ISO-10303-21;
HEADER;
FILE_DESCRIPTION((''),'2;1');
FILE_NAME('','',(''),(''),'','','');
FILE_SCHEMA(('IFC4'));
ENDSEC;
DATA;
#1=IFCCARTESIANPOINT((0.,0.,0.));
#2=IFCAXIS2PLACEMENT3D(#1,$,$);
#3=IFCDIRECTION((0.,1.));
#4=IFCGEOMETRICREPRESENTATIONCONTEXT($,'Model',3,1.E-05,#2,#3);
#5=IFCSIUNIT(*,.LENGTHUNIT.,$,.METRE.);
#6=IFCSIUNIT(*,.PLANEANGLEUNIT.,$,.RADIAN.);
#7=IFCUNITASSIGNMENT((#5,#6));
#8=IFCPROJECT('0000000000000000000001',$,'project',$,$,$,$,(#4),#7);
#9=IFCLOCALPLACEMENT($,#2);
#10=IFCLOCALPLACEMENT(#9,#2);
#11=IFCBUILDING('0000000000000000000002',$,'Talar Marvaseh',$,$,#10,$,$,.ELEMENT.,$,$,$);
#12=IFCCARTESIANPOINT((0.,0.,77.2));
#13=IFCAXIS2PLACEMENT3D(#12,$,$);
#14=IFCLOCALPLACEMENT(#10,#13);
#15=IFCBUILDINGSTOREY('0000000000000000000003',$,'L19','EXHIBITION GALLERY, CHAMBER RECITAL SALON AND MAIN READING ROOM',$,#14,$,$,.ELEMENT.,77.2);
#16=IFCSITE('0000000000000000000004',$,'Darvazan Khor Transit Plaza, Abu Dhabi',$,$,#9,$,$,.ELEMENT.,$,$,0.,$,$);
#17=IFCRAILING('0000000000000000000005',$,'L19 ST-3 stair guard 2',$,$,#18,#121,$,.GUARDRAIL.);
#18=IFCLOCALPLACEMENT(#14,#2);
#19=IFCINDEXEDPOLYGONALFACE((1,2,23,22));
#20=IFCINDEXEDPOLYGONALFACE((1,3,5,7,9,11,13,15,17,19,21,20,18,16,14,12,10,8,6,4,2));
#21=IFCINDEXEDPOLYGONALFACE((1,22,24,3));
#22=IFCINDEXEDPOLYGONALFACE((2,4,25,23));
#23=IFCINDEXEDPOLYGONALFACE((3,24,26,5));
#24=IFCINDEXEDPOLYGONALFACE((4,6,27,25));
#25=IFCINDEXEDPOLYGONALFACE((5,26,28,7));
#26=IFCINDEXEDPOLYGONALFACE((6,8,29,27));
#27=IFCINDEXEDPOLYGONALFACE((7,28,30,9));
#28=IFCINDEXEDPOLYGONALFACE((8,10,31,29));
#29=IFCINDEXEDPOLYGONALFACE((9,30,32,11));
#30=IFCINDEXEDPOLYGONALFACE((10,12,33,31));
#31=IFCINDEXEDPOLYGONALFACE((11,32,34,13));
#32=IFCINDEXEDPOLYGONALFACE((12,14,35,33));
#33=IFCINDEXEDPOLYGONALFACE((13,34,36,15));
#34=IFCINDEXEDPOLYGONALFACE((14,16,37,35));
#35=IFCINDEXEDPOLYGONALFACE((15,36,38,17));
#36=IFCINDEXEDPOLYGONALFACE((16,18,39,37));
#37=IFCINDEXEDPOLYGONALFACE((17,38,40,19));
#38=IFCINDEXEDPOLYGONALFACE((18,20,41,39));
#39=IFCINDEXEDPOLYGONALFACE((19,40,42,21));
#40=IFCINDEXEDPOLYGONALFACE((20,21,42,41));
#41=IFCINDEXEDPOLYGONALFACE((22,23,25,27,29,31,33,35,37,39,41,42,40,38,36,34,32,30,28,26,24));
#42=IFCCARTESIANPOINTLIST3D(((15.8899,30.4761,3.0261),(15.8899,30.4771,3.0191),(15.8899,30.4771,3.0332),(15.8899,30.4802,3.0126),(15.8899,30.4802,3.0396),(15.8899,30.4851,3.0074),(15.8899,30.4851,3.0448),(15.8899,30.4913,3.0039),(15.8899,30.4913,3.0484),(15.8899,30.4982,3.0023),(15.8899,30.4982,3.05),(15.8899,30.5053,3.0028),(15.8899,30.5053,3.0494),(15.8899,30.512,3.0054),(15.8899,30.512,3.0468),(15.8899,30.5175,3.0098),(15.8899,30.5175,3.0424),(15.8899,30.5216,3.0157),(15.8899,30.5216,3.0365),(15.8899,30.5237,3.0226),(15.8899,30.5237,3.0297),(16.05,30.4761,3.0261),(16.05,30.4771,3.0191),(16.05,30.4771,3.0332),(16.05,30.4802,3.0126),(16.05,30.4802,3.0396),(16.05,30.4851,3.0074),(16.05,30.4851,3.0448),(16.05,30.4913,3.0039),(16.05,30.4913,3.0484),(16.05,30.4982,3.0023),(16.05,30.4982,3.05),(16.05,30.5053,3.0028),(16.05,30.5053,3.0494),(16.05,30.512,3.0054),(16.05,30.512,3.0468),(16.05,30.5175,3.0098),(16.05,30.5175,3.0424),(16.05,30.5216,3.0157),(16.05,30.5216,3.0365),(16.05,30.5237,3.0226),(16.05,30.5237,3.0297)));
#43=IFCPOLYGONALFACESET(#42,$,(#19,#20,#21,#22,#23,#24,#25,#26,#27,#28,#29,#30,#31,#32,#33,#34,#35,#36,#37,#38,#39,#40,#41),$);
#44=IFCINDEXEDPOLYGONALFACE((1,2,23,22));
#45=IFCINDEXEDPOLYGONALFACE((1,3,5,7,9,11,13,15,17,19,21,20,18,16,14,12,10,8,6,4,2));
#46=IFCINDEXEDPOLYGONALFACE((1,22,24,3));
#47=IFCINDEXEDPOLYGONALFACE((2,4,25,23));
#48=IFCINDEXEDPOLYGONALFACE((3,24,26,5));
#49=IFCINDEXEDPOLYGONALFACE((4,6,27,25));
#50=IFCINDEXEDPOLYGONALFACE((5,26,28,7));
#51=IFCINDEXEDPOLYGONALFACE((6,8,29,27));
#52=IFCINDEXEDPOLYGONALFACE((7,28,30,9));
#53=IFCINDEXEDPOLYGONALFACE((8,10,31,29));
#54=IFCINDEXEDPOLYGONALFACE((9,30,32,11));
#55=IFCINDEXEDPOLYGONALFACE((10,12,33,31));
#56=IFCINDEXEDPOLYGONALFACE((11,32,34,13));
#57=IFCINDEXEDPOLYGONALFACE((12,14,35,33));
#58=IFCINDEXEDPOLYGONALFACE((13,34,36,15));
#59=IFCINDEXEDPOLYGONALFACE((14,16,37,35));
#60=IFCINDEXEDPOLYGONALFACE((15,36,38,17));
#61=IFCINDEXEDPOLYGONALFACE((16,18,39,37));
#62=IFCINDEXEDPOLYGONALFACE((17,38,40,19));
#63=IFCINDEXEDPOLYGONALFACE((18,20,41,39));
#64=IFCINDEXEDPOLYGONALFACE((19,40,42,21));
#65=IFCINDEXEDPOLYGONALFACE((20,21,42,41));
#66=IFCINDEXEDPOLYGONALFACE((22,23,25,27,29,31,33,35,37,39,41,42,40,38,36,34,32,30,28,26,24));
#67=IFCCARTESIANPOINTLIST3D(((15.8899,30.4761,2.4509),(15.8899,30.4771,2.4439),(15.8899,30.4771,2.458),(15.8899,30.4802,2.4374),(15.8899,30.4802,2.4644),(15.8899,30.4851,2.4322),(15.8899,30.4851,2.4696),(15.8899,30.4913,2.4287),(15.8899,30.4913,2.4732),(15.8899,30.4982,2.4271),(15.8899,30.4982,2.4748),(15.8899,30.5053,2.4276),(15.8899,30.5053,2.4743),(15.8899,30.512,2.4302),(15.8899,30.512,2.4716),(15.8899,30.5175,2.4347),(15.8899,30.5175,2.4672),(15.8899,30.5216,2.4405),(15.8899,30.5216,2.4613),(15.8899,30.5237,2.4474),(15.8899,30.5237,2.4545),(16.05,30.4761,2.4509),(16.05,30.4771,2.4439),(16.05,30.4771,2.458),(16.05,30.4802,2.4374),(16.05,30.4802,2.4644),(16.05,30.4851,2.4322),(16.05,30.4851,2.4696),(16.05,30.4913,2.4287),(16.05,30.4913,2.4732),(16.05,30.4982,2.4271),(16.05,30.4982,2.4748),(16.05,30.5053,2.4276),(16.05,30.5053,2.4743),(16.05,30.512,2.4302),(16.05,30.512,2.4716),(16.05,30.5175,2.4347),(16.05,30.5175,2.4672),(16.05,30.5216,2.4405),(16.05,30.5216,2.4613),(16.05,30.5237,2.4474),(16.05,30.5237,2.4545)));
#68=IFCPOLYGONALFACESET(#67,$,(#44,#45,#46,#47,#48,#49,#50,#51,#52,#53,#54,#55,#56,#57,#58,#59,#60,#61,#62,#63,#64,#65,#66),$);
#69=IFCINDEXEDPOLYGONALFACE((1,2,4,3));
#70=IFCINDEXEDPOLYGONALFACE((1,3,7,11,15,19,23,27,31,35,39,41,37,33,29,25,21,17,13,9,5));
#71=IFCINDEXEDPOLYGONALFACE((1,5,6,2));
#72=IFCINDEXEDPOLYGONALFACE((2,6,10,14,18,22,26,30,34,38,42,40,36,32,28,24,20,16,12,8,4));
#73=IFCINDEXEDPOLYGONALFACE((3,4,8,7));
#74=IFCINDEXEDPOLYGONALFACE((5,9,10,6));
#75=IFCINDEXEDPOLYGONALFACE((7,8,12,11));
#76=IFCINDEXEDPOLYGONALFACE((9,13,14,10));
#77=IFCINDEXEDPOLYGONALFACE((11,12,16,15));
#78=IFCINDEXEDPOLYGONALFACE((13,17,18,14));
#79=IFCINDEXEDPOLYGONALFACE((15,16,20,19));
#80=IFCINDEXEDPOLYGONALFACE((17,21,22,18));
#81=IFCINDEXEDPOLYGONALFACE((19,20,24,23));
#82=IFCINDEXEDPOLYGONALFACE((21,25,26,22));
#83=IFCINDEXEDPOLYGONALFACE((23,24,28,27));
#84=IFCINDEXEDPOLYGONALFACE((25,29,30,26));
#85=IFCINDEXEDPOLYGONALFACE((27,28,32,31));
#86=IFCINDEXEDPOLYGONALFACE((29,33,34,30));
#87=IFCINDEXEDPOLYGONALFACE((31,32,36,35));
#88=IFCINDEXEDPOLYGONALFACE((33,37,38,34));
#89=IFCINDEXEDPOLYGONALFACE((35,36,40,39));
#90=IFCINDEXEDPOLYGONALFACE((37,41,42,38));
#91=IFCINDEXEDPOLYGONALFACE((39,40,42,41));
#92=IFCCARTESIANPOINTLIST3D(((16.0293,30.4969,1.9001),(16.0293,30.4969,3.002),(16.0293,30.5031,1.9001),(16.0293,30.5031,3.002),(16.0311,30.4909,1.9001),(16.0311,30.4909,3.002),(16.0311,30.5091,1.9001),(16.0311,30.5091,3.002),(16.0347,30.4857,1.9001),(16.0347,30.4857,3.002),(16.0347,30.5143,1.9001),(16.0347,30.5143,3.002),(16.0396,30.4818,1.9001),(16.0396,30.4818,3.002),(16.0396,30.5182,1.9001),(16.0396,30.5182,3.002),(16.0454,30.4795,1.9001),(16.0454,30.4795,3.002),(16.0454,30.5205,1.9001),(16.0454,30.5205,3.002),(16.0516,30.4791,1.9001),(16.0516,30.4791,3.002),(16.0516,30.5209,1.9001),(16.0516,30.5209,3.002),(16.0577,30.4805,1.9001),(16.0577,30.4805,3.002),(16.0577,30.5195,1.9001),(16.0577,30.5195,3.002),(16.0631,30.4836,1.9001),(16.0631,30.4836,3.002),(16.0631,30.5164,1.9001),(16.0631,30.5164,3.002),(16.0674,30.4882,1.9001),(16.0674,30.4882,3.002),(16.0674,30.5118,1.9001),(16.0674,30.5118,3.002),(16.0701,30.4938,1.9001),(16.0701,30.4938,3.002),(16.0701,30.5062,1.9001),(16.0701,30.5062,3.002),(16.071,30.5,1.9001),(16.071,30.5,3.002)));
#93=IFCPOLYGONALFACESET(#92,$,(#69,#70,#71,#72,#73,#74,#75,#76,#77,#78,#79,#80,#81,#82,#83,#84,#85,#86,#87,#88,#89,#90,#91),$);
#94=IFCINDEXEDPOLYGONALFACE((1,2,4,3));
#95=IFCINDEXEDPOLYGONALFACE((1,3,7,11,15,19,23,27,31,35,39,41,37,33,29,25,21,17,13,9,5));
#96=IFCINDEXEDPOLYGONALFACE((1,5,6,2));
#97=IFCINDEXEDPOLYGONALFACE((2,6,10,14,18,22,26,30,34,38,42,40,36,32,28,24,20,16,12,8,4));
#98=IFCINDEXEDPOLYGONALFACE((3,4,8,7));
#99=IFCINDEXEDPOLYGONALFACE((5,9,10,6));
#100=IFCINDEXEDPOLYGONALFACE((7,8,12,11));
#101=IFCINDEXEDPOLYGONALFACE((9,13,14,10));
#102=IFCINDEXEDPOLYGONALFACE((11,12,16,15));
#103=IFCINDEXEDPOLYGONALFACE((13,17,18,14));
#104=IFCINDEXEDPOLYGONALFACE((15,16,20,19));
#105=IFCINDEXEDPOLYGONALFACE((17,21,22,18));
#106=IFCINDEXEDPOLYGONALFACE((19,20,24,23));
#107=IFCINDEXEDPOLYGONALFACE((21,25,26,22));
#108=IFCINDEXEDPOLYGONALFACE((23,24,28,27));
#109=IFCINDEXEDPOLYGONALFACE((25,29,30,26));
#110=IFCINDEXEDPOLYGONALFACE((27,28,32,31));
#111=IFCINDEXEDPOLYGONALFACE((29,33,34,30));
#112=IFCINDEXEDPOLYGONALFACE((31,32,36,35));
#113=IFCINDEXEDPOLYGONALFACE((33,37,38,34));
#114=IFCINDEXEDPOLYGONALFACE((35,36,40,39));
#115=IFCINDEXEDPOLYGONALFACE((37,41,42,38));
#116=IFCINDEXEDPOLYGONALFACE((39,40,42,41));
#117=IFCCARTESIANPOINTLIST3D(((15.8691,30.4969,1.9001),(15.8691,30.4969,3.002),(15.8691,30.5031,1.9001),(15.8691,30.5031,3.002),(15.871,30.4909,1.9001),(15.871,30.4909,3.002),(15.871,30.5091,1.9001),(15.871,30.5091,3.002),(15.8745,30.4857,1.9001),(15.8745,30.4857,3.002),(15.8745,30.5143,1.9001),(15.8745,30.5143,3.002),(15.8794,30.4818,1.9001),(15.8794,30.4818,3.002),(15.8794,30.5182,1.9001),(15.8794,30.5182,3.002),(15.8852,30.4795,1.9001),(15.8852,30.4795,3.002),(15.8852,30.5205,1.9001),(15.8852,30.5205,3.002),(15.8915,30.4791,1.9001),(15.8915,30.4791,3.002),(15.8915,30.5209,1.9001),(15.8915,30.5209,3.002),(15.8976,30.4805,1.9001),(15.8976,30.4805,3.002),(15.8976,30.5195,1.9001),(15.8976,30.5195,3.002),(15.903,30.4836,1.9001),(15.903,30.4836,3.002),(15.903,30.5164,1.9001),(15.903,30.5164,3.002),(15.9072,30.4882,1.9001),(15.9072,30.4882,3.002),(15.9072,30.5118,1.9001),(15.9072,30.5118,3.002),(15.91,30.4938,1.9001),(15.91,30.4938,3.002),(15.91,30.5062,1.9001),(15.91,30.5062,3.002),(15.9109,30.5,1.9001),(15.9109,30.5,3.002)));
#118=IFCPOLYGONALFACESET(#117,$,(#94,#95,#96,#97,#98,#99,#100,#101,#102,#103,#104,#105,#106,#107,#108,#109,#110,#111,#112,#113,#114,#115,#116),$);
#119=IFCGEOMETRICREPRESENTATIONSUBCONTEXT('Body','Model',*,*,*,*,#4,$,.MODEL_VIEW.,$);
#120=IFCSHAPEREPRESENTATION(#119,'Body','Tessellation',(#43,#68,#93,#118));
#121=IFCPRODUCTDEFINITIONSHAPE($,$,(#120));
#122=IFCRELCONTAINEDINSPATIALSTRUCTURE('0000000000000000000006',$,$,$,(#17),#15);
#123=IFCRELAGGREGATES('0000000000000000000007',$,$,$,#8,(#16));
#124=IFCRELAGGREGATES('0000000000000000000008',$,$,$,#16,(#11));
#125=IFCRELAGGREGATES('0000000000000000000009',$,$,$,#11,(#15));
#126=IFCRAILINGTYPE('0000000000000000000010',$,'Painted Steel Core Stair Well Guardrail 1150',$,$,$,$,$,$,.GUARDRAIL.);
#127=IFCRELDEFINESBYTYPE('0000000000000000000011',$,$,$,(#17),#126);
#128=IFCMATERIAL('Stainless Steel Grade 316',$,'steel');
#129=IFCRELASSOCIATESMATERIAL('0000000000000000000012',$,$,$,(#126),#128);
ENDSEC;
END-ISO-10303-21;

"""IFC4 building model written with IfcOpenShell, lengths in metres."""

from ifc_helpers import new_model, si_unit, direction, frame, origin, origin_2d, place, context, subcontext, project, spatial, circle, extrude, material, type_object, element, save


model = new_model("IFC4")

# Units and contexts
model_context = context("Model", 3, precision=1e-05, world=origin(), true_north=direction((0.0, 1.0)))
body_context = subcontext(model_context, "Body", "Model", "MODEL_VIEW")
ifc_project = project(units=[si_unit("LENGTHUNIT", "METRE"), si_unit("PLANEANGLEUNIT", "RADIAN")], contexts=[model_context])

# Site, building, storey
site_placement = place(None, origin())
site = spatial("IfcSite", under=ifc_project, at=site_placement, Name="Darvazan Khor Transit Plaza, Abu Dhabi", CompositionType="ELEMENT", RefElevation=0.0)
building_placement = place(site_placement, origin())
building = spatial("IfcBuilding", under=site, at=building_placement, Name="Talar Marvaseh", CompositionType="ELEMENT")
storey_placement = place(building_placement, frame((0.0, 0.0, 77.2)))
storey = spatial("IfcBuildingStorey", under=building, at=storey_placement, Name="L19", Description="EXHIBITION GALLERY, CHAMBER RECITAL SALON AND MAIN READING ROOM", CompositionType="ELEMENT", Elevation=77.2)

# Railing
ifc_material_1 = material(Name="Stainless Steel Grade 316", Category="steel")
railing_type_1 = type_object("IfcRailingType", Name="Painted Steel Core Stair Well Guardrail 1150", PredefinedType="GUARDRAIL", material=ifc_material_1)
railing_1_placement = place(storey_placement, frame((16.05, 30.5, 1.9001)))
element("IfcRailing", 1, at=railing_1_placement, inside=storey, type_object=railing_type_1, Name="L19 ST-3 stair guard 2", PredefinedType="GUARDRAIL", context=body_context, shape_type="SweptSolid", body=[
    extrude(circle(Radius=0.0239, at=origin_2d()), frame((0.0, 0.0, 1.126), z_axis=(-1.0, 0.0, 0.0), x_axis=(0.0, -1.0, 0.0)), (0.0, 0.0, 1.0), 0.1602),
    extrude(circle(Radius=0.0239, at=origin_2d()), frame((0.0, 0.0, 0.5508), z_axis=(-1.0, 0.0, 0.0), x_axis=(0.0, -1.0, 0.0)), (0.0, 0.0, 1.0), 0.1602),
    extrude(circle(Radius=0.021, at=origin_2d()), origin(), (0.0, 0.0, 1.0), 1.1018),
    extrude(circle(Radius=0.021, at=origin_2d()), frame((-0.1602, 0.0, 0.0)), (0.0, 0.0, 1.0), 1.1018),
])

save(model, "model.ifc")
